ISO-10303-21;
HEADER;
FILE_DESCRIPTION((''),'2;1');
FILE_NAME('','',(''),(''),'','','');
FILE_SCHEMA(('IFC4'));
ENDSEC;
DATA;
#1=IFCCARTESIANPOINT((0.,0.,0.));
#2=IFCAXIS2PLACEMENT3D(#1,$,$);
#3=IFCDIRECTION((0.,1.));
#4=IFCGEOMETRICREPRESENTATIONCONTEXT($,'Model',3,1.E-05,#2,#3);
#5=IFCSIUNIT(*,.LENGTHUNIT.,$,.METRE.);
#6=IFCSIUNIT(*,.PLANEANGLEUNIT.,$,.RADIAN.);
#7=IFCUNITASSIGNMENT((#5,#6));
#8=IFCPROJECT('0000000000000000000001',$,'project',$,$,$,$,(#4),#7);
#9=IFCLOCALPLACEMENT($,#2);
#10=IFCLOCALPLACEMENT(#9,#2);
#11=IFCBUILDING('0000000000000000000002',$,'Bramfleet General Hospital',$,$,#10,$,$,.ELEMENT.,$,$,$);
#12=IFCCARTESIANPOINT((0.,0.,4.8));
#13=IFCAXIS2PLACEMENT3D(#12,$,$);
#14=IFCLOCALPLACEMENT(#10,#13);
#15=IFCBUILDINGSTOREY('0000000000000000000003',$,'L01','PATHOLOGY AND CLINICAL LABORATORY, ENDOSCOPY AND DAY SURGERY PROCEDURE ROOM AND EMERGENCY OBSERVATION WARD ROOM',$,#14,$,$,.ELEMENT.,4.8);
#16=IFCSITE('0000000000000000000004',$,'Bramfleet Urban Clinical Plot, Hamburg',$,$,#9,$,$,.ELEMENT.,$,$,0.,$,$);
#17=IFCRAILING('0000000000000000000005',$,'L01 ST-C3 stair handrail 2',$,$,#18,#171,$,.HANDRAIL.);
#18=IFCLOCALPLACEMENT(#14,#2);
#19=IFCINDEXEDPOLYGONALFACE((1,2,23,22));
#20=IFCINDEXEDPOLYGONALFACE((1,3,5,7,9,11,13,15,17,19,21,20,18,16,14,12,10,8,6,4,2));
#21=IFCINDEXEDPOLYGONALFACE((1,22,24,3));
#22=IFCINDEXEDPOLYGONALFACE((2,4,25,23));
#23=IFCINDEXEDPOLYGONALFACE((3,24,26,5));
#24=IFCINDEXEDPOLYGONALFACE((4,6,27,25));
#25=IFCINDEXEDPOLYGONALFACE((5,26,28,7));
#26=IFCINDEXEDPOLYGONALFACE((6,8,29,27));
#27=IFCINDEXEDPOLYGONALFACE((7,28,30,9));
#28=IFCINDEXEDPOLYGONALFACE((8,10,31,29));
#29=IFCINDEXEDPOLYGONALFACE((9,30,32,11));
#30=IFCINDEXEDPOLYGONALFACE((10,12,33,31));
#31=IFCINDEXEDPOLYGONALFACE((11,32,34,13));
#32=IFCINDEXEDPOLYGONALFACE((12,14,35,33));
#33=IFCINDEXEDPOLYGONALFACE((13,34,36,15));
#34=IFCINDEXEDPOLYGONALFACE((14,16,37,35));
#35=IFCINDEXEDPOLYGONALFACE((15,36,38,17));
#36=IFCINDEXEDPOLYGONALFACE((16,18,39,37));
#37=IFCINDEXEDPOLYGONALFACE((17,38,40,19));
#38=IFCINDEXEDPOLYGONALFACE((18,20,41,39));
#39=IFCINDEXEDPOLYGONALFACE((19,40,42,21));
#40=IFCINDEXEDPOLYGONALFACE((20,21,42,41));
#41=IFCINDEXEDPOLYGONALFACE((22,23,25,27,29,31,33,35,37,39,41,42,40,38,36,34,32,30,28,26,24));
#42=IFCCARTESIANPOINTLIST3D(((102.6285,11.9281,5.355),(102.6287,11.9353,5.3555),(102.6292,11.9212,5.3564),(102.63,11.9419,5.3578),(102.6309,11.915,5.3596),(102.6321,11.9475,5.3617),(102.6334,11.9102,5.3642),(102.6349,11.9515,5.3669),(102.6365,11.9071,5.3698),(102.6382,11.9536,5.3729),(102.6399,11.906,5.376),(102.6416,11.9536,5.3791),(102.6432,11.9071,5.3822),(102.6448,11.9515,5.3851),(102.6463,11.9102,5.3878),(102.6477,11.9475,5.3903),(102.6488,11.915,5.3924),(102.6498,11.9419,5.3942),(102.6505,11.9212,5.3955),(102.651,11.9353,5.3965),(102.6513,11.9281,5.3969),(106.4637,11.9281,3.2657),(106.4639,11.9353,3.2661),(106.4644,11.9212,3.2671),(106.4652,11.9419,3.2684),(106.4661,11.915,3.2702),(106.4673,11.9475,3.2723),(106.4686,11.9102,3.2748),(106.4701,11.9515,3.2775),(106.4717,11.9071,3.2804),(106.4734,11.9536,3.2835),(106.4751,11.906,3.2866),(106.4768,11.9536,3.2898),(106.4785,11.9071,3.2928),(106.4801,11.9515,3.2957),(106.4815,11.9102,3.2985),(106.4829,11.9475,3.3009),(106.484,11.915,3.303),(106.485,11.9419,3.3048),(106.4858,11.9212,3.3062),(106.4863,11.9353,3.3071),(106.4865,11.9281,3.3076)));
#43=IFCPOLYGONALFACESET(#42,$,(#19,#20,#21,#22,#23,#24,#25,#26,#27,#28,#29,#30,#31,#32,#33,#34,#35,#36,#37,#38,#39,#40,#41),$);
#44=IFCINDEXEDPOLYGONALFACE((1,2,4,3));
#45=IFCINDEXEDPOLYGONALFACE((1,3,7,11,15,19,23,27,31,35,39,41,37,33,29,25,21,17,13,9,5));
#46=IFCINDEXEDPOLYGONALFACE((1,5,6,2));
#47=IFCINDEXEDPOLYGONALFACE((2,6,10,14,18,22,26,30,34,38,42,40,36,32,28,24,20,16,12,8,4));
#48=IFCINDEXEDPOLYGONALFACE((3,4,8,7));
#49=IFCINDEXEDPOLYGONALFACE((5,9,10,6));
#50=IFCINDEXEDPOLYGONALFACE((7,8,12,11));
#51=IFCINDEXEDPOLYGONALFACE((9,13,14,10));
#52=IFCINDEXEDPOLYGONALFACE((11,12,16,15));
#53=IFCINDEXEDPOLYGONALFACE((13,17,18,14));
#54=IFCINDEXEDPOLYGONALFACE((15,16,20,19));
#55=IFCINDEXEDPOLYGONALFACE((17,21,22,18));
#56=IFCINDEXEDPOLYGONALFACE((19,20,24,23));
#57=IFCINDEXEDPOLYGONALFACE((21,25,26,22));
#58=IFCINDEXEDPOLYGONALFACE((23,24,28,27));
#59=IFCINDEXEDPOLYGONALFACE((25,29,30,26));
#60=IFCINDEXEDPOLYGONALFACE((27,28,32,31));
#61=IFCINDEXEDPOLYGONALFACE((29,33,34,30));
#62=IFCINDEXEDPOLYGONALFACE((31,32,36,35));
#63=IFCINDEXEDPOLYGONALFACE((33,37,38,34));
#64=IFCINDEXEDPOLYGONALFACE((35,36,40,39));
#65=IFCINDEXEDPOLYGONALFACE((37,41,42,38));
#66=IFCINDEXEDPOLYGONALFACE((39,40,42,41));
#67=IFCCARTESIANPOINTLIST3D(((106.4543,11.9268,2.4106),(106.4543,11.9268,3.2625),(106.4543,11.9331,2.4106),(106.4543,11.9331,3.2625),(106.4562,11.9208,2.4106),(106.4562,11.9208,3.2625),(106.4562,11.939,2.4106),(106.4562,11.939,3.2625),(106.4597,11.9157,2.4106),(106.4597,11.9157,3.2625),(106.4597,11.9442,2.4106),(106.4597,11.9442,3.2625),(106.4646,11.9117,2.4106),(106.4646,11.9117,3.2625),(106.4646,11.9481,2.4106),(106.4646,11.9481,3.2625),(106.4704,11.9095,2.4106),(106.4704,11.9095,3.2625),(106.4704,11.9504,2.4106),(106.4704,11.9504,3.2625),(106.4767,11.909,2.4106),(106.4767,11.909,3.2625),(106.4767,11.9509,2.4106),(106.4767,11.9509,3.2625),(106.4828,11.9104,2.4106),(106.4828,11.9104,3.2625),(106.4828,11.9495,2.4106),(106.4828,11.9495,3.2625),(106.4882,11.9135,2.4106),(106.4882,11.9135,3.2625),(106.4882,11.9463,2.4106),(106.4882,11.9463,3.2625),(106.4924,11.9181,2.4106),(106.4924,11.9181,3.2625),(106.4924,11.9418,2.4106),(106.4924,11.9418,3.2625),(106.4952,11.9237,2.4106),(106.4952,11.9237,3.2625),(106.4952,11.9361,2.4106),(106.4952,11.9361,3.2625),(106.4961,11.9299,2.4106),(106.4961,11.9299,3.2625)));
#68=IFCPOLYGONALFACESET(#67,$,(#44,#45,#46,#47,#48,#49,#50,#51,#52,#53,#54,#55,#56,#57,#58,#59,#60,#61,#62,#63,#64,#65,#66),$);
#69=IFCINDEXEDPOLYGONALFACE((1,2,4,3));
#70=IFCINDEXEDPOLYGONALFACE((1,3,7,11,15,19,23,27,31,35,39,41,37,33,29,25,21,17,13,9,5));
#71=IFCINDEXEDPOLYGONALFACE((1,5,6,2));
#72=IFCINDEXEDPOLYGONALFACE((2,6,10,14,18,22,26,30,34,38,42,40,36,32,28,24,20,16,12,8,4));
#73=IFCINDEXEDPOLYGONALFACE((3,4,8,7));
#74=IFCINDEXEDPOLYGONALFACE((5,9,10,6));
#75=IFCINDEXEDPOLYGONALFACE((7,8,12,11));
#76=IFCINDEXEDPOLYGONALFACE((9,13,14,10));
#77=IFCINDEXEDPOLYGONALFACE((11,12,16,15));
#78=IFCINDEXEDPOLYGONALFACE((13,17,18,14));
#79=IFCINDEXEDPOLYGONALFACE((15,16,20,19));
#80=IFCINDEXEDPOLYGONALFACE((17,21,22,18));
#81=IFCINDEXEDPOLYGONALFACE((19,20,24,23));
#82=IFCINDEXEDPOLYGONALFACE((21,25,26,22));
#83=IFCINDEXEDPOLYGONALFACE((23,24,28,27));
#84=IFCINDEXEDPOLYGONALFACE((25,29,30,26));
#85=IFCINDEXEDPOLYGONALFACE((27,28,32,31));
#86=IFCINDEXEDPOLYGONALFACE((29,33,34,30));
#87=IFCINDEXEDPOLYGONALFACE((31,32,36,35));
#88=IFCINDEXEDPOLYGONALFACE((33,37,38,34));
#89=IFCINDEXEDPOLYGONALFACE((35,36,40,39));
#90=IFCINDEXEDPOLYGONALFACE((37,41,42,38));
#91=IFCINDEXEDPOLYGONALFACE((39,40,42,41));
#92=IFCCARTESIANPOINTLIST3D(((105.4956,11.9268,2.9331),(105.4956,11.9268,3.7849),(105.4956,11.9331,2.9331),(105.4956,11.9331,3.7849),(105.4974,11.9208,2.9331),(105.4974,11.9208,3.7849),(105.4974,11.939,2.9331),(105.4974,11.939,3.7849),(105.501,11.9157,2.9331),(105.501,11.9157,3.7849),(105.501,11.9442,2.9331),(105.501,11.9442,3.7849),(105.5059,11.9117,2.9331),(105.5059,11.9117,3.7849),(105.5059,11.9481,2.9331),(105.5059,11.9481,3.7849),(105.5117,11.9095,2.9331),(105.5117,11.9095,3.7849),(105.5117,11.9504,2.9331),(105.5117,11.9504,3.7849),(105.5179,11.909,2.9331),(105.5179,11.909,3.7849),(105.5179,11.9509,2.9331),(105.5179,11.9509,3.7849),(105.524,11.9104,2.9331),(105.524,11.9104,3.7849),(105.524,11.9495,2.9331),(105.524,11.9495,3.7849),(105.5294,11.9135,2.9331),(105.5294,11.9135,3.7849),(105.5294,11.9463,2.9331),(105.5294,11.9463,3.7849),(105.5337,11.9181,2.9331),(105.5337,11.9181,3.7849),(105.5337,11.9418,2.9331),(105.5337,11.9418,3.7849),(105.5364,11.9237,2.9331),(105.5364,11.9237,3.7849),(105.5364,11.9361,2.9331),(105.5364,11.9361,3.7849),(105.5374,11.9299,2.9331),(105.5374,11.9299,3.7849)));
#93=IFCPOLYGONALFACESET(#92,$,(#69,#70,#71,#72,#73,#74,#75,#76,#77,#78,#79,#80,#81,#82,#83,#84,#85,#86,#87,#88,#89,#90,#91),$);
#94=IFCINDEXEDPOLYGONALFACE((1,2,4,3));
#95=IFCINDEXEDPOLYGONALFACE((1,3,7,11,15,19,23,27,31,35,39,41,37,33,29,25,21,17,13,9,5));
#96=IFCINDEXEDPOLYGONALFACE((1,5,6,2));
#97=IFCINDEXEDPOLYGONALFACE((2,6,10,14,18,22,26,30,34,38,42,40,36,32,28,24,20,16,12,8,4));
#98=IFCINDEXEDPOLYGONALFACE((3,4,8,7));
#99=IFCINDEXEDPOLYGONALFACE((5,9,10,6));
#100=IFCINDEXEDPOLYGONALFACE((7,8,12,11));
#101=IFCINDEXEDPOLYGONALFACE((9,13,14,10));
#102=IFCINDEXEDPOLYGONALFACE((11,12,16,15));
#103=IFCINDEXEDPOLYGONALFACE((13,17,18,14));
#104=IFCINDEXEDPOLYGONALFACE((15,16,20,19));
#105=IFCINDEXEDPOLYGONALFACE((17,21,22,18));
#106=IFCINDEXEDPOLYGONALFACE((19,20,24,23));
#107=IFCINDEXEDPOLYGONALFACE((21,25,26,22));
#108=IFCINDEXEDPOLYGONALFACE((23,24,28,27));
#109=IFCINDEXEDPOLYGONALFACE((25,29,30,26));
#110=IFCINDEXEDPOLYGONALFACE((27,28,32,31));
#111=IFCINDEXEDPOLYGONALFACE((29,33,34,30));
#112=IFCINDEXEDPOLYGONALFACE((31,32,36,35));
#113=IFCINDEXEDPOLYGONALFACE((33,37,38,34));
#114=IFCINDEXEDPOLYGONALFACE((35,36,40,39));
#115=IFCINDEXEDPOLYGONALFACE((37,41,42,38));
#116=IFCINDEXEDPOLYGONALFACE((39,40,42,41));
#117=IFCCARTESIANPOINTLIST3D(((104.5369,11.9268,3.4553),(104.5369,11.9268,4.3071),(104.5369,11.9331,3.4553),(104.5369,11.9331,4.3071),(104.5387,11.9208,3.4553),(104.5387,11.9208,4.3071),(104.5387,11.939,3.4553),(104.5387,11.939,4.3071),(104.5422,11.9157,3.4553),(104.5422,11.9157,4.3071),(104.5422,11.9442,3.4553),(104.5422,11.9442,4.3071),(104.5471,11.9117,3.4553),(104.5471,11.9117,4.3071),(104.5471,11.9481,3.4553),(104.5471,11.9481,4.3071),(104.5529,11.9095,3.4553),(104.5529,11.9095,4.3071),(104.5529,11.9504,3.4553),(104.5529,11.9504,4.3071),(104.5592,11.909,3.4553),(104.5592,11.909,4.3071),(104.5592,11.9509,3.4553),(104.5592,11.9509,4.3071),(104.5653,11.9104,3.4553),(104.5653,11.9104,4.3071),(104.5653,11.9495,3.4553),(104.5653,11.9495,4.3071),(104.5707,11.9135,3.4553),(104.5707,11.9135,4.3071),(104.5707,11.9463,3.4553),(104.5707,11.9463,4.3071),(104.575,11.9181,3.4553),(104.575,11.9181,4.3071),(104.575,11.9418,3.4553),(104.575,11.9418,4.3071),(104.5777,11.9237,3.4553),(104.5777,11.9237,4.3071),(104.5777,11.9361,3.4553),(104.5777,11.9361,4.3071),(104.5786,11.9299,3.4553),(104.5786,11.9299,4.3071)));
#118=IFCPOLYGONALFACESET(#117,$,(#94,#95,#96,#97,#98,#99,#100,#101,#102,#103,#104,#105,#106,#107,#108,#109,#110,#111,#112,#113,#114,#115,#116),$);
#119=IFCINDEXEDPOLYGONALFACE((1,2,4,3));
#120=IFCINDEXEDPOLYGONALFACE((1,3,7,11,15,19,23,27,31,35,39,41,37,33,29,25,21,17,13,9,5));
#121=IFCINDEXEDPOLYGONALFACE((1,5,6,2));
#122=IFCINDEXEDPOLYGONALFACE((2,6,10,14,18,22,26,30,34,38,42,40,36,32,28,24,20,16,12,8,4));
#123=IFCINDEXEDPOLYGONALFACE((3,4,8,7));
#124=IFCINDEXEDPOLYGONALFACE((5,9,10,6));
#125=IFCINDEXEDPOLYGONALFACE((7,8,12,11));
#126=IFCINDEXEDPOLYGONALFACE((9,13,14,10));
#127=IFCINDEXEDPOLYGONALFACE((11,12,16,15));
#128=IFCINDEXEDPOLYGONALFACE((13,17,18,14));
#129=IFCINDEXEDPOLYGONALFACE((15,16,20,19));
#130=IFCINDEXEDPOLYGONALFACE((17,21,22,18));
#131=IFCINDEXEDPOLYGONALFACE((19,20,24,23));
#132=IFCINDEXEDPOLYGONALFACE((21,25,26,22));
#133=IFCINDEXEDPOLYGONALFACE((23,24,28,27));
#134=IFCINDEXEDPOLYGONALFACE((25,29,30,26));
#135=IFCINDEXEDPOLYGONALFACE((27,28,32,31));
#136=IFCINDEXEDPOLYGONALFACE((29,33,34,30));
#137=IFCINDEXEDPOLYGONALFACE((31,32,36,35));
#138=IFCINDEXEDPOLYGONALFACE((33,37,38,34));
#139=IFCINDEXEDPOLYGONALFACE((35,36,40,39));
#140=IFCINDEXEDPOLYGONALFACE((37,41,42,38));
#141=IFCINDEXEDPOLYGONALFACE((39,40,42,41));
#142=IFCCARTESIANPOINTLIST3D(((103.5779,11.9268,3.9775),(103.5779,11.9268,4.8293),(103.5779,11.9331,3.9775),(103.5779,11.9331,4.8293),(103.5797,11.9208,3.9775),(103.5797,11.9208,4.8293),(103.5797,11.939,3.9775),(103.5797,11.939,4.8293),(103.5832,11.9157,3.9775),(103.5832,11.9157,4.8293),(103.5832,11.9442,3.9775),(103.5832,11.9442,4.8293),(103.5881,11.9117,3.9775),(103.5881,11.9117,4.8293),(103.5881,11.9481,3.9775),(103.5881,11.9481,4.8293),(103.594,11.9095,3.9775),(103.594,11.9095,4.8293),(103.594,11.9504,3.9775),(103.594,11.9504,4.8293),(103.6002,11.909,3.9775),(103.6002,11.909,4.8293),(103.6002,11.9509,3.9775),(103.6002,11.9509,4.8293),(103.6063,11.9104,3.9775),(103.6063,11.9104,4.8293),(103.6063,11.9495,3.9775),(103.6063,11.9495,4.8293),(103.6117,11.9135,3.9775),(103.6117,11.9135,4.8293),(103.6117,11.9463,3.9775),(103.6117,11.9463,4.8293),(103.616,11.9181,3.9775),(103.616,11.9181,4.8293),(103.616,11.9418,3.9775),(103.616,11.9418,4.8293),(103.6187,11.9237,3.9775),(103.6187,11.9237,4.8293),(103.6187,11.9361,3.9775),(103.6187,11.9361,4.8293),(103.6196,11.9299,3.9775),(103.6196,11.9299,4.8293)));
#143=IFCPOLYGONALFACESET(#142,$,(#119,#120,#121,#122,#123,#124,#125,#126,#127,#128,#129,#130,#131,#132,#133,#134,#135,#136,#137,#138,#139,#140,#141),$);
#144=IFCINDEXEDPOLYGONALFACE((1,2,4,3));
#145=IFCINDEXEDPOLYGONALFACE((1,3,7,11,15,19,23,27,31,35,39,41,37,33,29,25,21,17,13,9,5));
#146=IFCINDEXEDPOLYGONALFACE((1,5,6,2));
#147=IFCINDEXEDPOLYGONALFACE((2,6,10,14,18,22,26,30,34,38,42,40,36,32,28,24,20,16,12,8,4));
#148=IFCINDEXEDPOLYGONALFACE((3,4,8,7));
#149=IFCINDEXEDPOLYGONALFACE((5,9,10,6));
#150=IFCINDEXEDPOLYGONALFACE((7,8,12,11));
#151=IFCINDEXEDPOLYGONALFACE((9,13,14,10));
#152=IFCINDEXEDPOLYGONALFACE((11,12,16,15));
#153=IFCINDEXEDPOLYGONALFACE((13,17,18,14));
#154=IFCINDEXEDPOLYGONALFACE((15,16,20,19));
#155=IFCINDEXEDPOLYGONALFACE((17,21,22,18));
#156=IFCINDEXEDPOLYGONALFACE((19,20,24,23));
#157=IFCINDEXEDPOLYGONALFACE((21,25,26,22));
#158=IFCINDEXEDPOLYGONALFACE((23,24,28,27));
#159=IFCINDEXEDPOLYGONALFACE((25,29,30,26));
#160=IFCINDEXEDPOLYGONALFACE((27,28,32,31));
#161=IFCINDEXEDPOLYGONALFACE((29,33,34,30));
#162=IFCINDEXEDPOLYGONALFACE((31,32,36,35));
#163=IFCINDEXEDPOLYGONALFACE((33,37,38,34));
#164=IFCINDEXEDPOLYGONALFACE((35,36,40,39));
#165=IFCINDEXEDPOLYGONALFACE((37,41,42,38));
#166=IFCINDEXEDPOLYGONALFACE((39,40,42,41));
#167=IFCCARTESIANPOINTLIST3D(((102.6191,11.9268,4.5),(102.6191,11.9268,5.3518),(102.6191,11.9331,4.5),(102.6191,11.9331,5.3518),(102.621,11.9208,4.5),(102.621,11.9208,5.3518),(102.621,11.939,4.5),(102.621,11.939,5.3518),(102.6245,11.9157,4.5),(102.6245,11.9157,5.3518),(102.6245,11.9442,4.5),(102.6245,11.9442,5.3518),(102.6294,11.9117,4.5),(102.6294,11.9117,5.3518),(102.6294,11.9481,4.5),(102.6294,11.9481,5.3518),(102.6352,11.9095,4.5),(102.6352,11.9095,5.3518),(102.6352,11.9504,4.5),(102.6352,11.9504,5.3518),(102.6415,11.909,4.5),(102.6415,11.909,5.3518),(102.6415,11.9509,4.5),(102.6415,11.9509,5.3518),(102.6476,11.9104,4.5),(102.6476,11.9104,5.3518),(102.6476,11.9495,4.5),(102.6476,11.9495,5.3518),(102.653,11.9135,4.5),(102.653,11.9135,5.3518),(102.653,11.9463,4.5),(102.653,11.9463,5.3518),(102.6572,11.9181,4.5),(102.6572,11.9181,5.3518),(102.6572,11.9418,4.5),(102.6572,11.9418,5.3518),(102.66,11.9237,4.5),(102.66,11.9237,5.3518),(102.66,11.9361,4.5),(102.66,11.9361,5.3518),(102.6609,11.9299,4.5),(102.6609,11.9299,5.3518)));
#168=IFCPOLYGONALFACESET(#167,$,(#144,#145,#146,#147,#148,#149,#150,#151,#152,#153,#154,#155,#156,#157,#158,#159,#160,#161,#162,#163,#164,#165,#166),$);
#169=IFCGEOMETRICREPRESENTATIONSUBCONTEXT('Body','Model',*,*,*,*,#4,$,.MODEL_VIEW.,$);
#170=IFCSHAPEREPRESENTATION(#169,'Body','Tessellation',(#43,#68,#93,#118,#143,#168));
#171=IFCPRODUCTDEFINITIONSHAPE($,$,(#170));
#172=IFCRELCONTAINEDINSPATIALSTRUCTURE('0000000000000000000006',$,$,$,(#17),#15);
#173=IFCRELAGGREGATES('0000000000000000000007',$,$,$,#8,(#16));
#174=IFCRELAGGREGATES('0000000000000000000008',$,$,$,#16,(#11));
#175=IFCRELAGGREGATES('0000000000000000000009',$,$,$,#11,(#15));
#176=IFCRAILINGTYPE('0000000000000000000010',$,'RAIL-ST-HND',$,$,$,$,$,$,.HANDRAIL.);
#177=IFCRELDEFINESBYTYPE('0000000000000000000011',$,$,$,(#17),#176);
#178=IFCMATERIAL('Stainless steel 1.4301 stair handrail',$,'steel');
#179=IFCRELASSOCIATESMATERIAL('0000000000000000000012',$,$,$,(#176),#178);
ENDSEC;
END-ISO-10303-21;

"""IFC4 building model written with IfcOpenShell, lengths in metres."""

from ifc_helpers import new_model, si_unit, direction, frame, origin, origin_2d, place, context, subcontext, project, spatial, circle, extrude, material, type_object, element, save


model = new_model("IFC4")

# Units and contexts
model_context = context("Model", 3, precision=1e-05, world=origin(), true_north=direction((0.0, 1.0)))
body_context = subcontext(model_context, "Body", "Model", "MODEL_VIEW")
ifc_project = project(units=[si_unit("LENGTHUNIT", "METRE"), si_unit("PLANEANGLEUNIT", "RADIAN")], contexts=[model_context])

# Site, building, storey
site_placement = place(None, origin())
site = spatial("IfcSite", under=ifc_project, at=site_placement, Name="Bramfleet Urban Clinical Plot, Hamburg", CompositionType="ELEMENT", RefElevation=0.0)
building_placement = place(site_placement, origin())
building = spatial("IfcBuilding", under=site, at=building_placement, Name="Bramfleet General Hospital", CompositionType="ELEMENT")
storey_placement = place(building_placement, frame((0.0, 0.0, 4.8)))
storey = spatial("IfcBuildingStorey", under=building, at=storey_placement, Name="L01", Description="PATHOLOGY AND CLINICAL LABORATORY, ENDOSCOPY AND DAY SURGERY PROCEDURE ROOM AND EMERGENCY OBSERVATION WARD ROOM", CompositionType="ELEMENT", Elevation=4.8)

# Railing
ifc_material_1 = material(Name="Stainless steel 1.4301 stair handrail", Category="steel")
railing_type_1 = type_object("IfcRailingType", Name="RAIL-ST-HND", PredefinedType="HANDRAIL", material=ifc_material_1)
railing_1_placement = place(storey_placement, frame((106.4751, 11.9299, 2.4106)))
element("IfcRailing", 1, at=railing_1_placement, inside=storey, type_object=railing_type_1, Name="L01 ST-C3 stair handrail 2", PredefinedType="HANDRAIL", context=body_context, shape_type="SweptSolid", body=[
    extrude(circle(Radius=0.0239, at=origin_2d()), frame((0.0, 0.0, 0.876), z_axis=(-0.878143, 0.0, 0.478398), x_axis=(0.0, -1.0, 0.0)), (0.0, 0.0, 1.0), 4.3674),
    extrude(circle(Radius=0.021, at=origin_2d()), origin(), (0.0, 0.0, 1.0), 0.8518),
    extrude(circle(Radius=0.021, at=origin_2d()), frame((-0.9587, 0.0, 0.5225)), (0.0, 0.0, 1.0), 0.8518),
    extrude(circle(Radius=0.021, at=origin_2d()), frame((-1.9175, 0.0, 1.0447)), (0.0, 0.0, 1.0), 0.8518),
    extrude(circle(Radius=0.021, at=origin_2d()), frame((-2.8765, 0.0, 1.5669)), (0.0, 0.0, 1.0), 0.8518),
    extrude(circle(Radius=0.021, at=origin_2d()), frame((-3.8352, 0.0, 2.0894)), (0.0, 0.0, 1.0), 0.8518),
])

save(model, "model.ifc")
